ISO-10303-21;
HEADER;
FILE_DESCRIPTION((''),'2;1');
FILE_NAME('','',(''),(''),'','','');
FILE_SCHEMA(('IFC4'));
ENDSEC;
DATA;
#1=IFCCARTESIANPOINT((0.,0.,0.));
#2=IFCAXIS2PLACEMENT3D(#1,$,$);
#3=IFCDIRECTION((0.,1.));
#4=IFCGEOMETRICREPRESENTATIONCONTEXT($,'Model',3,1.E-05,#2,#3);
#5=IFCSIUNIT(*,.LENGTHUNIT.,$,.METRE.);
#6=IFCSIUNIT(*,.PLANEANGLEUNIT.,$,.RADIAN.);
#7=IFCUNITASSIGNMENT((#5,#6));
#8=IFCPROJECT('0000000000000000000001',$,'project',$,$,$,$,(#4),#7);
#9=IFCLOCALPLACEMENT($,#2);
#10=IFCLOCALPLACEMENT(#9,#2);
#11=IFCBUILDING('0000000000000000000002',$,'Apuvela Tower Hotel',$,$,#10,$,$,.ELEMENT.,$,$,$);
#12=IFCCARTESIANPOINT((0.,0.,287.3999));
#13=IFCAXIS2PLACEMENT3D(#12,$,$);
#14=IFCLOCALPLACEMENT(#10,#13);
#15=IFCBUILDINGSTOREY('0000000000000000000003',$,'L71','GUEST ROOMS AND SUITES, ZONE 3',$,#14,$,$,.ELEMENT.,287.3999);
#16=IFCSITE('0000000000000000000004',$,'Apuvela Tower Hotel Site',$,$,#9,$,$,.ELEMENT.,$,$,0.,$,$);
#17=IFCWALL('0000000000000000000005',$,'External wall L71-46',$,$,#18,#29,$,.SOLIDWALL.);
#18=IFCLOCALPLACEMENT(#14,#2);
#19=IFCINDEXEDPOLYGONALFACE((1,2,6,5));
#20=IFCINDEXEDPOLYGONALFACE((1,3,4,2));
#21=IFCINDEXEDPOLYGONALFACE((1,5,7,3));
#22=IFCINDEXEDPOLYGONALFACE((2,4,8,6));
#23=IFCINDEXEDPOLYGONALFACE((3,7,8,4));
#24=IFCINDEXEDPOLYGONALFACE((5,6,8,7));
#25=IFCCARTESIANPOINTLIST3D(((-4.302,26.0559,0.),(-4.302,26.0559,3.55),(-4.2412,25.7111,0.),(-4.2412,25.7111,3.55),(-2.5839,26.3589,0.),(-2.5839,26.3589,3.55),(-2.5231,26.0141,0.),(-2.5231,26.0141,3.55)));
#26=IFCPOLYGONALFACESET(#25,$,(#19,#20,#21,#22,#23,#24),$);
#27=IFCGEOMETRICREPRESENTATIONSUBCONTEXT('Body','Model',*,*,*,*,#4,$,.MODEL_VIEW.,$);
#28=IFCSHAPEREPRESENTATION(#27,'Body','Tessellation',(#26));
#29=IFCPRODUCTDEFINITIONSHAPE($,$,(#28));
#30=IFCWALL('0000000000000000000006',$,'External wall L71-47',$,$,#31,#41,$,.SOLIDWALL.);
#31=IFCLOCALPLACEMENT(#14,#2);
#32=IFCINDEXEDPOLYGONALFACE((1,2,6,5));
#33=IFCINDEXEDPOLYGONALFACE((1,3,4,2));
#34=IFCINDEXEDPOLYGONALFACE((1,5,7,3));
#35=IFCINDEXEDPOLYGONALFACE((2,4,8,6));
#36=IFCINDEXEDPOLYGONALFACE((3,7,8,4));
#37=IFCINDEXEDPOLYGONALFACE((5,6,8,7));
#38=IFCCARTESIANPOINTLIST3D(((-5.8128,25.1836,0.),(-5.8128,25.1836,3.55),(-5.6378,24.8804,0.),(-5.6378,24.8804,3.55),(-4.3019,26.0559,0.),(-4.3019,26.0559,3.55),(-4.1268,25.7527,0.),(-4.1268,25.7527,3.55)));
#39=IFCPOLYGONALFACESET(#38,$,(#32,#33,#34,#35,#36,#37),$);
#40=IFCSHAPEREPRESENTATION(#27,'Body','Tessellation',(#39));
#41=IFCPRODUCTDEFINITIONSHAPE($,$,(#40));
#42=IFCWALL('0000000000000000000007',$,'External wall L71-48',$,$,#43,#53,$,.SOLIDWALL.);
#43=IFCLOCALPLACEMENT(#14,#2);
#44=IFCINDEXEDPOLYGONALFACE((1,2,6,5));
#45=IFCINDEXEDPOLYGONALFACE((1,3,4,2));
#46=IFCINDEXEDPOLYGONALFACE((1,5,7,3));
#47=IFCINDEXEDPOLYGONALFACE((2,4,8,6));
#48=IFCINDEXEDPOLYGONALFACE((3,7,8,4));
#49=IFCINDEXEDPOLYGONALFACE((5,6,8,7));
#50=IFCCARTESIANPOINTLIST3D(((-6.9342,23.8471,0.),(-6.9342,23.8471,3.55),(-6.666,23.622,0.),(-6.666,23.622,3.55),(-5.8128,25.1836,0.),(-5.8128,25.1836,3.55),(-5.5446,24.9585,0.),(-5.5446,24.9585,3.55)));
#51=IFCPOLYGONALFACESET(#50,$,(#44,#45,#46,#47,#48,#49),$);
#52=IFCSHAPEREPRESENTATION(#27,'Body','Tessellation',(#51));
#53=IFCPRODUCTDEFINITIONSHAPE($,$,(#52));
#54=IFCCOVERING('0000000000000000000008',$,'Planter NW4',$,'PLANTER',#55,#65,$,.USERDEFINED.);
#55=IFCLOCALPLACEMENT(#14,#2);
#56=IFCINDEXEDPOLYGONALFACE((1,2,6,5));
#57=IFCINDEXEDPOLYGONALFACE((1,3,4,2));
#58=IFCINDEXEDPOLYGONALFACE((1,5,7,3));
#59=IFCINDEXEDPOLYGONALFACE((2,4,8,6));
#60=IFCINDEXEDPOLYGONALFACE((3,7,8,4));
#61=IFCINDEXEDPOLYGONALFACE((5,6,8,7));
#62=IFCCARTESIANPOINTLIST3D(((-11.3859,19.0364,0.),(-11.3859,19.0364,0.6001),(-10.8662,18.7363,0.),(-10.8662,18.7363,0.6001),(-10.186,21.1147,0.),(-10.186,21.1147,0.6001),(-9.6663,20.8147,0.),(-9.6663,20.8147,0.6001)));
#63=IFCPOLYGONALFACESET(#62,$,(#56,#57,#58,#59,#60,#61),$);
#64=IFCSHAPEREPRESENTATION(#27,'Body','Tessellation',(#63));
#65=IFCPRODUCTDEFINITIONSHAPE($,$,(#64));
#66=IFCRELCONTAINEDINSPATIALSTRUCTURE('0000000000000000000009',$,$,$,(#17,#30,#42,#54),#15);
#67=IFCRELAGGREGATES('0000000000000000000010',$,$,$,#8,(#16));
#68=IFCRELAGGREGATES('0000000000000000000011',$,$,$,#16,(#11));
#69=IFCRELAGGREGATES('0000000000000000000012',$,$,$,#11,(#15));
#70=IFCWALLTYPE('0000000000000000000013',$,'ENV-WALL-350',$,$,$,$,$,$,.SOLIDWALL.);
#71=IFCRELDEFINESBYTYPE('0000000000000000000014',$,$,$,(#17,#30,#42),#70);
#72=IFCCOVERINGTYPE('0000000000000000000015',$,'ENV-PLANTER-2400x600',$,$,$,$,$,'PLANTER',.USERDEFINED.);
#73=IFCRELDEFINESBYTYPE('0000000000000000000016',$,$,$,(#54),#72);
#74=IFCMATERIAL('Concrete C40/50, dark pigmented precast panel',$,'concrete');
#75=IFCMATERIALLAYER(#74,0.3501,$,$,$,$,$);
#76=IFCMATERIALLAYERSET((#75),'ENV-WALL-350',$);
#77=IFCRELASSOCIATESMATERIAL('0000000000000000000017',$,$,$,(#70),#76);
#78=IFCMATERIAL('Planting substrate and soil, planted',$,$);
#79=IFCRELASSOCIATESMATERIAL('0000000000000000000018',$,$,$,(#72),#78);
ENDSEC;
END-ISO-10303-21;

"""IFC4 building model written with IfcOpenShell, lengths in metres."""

from ifc_helpers import new_model, si_unit, direction, frame, frame_2d, origin, origin_2d, place, context, subcontext, project, spatial, rectangle, extrude, material, layer, layer_set, type_object, element, save


model = new_model("IFC4")

# Units and contexts
model_context = context("Model", 3, precision=1e-05, world=origin(), true_north=direction((0.0, 1.0)))
body_context = subcontext(model_context, "Body", "Model", "MODEL_VIEW")
ifc_project = project(units=[si_unit("LENGTHUNIT", "METRE"), si_unit("PLANEANGLEUNIT", "RADIAN")], contexts=[model_context])

# Site, building, storey
site_placement = place(None, origin())
site = spatial("IfcSite", under=ifc_project, at=site_placement, Name="Apuvela Tower Hotel Site", CompositionType="ELEMENT", RefElevation=0.0)
building_placement = place(site_placement, origin())
building = spatial("IfcBuilding", under=site, at=building_placement, Name="Apuvela Tower Hotel", CompositionType="ELEMENT")
storey_placement = place(building_placement, frame((0.0, 0.0, 287.3999)))
storey = spatial("IfcBuildingStorey", under=building, at=storey_placement, Name="L71", Description="GUEST ROOMS AND SUITES, ZONE 3", CompositionType="ELEMENT", Elevation=287.3999)

# Shared definitions
ifc_material_1 = material(Name="Concrete C40/50, dark pigmented precast panel", Category="concrete")
ifc_layer_1 = layer(ifc_material_1, 0.3501)
ifc_layer_set_1 = layer_set([ifc_layer_1], Name="ENV-WALL-350")
wall_type_1 = type_object("IfcWallType", Name="ENV-WALL-350", PredefinedType="SOLIDWALL", material=ifc_layer_set_1)

# Walls
for number, where, z_axis, x_axis, name in (
    (1, (-2.5535, 26.1865, 0.0), (0.0, 0.0, 1.0), (-0.984803, -0.173674, 0.0), "External wall L71-46"),
    (2, (-4.2144, 25.9043, 0.0), (0.0, 0.0, 1.0), (-0.866039, -0.499977, 0.0), "External wall L71-47"),
    (3, (-5.6787, 25.071, 0.0), (0.0, 0.0, 1.0), (-0.642769, -0.76606, 0.0), "External wall L71-48"),
):
    element("IfcWall", number, at=place(storey_placement, frame(where, z_axis=z_axis, x_axis=x_axis)), inside=storey, type_object=wall_type_1, Name=name, PredefinedType="SOLIDWALL", context=body_context, shape_type="SweptSolid", body=[
        extrude(rectangle(XDim=1.7446, YDim=0.3501, at=frame_2d((0.8723, 0.0))), origin(), (0.0, 0.0, 1.0), 3.55),
    ])

# Covering
ifc_material_2 = material(Name="Planting substrate and soil, planted")
covering_type = type_object("IfcCoveringType", Name="ENV-PLANTER-2400x600", ElementType="PLANTER", PredefinedType="USERDEFINED", material=ifc_material_2)
covering_placement = place(storey_placement, frame((-10.5261, 19.9255, 0.0), z_axis=(0.0, 0.0, 1.0), x_axis=(-0.5, -0.866025, 0.0)))
element("IfcCovering", 4, at=covering_placement, inside=storey, type_object=covering_type, Name="Planter NW4", ObjectType="PLANTER", PredefinedType="USERDEFINED", context=body_context, shape_type="SweptSolid", body=[
    extrude(rectangle(XDim=2.3999, YDim=0.6001, at=origin_2d()), origin(), (0.0, 0.0, 1.0), 0.6001),
])

save(model, "model.ifc")
